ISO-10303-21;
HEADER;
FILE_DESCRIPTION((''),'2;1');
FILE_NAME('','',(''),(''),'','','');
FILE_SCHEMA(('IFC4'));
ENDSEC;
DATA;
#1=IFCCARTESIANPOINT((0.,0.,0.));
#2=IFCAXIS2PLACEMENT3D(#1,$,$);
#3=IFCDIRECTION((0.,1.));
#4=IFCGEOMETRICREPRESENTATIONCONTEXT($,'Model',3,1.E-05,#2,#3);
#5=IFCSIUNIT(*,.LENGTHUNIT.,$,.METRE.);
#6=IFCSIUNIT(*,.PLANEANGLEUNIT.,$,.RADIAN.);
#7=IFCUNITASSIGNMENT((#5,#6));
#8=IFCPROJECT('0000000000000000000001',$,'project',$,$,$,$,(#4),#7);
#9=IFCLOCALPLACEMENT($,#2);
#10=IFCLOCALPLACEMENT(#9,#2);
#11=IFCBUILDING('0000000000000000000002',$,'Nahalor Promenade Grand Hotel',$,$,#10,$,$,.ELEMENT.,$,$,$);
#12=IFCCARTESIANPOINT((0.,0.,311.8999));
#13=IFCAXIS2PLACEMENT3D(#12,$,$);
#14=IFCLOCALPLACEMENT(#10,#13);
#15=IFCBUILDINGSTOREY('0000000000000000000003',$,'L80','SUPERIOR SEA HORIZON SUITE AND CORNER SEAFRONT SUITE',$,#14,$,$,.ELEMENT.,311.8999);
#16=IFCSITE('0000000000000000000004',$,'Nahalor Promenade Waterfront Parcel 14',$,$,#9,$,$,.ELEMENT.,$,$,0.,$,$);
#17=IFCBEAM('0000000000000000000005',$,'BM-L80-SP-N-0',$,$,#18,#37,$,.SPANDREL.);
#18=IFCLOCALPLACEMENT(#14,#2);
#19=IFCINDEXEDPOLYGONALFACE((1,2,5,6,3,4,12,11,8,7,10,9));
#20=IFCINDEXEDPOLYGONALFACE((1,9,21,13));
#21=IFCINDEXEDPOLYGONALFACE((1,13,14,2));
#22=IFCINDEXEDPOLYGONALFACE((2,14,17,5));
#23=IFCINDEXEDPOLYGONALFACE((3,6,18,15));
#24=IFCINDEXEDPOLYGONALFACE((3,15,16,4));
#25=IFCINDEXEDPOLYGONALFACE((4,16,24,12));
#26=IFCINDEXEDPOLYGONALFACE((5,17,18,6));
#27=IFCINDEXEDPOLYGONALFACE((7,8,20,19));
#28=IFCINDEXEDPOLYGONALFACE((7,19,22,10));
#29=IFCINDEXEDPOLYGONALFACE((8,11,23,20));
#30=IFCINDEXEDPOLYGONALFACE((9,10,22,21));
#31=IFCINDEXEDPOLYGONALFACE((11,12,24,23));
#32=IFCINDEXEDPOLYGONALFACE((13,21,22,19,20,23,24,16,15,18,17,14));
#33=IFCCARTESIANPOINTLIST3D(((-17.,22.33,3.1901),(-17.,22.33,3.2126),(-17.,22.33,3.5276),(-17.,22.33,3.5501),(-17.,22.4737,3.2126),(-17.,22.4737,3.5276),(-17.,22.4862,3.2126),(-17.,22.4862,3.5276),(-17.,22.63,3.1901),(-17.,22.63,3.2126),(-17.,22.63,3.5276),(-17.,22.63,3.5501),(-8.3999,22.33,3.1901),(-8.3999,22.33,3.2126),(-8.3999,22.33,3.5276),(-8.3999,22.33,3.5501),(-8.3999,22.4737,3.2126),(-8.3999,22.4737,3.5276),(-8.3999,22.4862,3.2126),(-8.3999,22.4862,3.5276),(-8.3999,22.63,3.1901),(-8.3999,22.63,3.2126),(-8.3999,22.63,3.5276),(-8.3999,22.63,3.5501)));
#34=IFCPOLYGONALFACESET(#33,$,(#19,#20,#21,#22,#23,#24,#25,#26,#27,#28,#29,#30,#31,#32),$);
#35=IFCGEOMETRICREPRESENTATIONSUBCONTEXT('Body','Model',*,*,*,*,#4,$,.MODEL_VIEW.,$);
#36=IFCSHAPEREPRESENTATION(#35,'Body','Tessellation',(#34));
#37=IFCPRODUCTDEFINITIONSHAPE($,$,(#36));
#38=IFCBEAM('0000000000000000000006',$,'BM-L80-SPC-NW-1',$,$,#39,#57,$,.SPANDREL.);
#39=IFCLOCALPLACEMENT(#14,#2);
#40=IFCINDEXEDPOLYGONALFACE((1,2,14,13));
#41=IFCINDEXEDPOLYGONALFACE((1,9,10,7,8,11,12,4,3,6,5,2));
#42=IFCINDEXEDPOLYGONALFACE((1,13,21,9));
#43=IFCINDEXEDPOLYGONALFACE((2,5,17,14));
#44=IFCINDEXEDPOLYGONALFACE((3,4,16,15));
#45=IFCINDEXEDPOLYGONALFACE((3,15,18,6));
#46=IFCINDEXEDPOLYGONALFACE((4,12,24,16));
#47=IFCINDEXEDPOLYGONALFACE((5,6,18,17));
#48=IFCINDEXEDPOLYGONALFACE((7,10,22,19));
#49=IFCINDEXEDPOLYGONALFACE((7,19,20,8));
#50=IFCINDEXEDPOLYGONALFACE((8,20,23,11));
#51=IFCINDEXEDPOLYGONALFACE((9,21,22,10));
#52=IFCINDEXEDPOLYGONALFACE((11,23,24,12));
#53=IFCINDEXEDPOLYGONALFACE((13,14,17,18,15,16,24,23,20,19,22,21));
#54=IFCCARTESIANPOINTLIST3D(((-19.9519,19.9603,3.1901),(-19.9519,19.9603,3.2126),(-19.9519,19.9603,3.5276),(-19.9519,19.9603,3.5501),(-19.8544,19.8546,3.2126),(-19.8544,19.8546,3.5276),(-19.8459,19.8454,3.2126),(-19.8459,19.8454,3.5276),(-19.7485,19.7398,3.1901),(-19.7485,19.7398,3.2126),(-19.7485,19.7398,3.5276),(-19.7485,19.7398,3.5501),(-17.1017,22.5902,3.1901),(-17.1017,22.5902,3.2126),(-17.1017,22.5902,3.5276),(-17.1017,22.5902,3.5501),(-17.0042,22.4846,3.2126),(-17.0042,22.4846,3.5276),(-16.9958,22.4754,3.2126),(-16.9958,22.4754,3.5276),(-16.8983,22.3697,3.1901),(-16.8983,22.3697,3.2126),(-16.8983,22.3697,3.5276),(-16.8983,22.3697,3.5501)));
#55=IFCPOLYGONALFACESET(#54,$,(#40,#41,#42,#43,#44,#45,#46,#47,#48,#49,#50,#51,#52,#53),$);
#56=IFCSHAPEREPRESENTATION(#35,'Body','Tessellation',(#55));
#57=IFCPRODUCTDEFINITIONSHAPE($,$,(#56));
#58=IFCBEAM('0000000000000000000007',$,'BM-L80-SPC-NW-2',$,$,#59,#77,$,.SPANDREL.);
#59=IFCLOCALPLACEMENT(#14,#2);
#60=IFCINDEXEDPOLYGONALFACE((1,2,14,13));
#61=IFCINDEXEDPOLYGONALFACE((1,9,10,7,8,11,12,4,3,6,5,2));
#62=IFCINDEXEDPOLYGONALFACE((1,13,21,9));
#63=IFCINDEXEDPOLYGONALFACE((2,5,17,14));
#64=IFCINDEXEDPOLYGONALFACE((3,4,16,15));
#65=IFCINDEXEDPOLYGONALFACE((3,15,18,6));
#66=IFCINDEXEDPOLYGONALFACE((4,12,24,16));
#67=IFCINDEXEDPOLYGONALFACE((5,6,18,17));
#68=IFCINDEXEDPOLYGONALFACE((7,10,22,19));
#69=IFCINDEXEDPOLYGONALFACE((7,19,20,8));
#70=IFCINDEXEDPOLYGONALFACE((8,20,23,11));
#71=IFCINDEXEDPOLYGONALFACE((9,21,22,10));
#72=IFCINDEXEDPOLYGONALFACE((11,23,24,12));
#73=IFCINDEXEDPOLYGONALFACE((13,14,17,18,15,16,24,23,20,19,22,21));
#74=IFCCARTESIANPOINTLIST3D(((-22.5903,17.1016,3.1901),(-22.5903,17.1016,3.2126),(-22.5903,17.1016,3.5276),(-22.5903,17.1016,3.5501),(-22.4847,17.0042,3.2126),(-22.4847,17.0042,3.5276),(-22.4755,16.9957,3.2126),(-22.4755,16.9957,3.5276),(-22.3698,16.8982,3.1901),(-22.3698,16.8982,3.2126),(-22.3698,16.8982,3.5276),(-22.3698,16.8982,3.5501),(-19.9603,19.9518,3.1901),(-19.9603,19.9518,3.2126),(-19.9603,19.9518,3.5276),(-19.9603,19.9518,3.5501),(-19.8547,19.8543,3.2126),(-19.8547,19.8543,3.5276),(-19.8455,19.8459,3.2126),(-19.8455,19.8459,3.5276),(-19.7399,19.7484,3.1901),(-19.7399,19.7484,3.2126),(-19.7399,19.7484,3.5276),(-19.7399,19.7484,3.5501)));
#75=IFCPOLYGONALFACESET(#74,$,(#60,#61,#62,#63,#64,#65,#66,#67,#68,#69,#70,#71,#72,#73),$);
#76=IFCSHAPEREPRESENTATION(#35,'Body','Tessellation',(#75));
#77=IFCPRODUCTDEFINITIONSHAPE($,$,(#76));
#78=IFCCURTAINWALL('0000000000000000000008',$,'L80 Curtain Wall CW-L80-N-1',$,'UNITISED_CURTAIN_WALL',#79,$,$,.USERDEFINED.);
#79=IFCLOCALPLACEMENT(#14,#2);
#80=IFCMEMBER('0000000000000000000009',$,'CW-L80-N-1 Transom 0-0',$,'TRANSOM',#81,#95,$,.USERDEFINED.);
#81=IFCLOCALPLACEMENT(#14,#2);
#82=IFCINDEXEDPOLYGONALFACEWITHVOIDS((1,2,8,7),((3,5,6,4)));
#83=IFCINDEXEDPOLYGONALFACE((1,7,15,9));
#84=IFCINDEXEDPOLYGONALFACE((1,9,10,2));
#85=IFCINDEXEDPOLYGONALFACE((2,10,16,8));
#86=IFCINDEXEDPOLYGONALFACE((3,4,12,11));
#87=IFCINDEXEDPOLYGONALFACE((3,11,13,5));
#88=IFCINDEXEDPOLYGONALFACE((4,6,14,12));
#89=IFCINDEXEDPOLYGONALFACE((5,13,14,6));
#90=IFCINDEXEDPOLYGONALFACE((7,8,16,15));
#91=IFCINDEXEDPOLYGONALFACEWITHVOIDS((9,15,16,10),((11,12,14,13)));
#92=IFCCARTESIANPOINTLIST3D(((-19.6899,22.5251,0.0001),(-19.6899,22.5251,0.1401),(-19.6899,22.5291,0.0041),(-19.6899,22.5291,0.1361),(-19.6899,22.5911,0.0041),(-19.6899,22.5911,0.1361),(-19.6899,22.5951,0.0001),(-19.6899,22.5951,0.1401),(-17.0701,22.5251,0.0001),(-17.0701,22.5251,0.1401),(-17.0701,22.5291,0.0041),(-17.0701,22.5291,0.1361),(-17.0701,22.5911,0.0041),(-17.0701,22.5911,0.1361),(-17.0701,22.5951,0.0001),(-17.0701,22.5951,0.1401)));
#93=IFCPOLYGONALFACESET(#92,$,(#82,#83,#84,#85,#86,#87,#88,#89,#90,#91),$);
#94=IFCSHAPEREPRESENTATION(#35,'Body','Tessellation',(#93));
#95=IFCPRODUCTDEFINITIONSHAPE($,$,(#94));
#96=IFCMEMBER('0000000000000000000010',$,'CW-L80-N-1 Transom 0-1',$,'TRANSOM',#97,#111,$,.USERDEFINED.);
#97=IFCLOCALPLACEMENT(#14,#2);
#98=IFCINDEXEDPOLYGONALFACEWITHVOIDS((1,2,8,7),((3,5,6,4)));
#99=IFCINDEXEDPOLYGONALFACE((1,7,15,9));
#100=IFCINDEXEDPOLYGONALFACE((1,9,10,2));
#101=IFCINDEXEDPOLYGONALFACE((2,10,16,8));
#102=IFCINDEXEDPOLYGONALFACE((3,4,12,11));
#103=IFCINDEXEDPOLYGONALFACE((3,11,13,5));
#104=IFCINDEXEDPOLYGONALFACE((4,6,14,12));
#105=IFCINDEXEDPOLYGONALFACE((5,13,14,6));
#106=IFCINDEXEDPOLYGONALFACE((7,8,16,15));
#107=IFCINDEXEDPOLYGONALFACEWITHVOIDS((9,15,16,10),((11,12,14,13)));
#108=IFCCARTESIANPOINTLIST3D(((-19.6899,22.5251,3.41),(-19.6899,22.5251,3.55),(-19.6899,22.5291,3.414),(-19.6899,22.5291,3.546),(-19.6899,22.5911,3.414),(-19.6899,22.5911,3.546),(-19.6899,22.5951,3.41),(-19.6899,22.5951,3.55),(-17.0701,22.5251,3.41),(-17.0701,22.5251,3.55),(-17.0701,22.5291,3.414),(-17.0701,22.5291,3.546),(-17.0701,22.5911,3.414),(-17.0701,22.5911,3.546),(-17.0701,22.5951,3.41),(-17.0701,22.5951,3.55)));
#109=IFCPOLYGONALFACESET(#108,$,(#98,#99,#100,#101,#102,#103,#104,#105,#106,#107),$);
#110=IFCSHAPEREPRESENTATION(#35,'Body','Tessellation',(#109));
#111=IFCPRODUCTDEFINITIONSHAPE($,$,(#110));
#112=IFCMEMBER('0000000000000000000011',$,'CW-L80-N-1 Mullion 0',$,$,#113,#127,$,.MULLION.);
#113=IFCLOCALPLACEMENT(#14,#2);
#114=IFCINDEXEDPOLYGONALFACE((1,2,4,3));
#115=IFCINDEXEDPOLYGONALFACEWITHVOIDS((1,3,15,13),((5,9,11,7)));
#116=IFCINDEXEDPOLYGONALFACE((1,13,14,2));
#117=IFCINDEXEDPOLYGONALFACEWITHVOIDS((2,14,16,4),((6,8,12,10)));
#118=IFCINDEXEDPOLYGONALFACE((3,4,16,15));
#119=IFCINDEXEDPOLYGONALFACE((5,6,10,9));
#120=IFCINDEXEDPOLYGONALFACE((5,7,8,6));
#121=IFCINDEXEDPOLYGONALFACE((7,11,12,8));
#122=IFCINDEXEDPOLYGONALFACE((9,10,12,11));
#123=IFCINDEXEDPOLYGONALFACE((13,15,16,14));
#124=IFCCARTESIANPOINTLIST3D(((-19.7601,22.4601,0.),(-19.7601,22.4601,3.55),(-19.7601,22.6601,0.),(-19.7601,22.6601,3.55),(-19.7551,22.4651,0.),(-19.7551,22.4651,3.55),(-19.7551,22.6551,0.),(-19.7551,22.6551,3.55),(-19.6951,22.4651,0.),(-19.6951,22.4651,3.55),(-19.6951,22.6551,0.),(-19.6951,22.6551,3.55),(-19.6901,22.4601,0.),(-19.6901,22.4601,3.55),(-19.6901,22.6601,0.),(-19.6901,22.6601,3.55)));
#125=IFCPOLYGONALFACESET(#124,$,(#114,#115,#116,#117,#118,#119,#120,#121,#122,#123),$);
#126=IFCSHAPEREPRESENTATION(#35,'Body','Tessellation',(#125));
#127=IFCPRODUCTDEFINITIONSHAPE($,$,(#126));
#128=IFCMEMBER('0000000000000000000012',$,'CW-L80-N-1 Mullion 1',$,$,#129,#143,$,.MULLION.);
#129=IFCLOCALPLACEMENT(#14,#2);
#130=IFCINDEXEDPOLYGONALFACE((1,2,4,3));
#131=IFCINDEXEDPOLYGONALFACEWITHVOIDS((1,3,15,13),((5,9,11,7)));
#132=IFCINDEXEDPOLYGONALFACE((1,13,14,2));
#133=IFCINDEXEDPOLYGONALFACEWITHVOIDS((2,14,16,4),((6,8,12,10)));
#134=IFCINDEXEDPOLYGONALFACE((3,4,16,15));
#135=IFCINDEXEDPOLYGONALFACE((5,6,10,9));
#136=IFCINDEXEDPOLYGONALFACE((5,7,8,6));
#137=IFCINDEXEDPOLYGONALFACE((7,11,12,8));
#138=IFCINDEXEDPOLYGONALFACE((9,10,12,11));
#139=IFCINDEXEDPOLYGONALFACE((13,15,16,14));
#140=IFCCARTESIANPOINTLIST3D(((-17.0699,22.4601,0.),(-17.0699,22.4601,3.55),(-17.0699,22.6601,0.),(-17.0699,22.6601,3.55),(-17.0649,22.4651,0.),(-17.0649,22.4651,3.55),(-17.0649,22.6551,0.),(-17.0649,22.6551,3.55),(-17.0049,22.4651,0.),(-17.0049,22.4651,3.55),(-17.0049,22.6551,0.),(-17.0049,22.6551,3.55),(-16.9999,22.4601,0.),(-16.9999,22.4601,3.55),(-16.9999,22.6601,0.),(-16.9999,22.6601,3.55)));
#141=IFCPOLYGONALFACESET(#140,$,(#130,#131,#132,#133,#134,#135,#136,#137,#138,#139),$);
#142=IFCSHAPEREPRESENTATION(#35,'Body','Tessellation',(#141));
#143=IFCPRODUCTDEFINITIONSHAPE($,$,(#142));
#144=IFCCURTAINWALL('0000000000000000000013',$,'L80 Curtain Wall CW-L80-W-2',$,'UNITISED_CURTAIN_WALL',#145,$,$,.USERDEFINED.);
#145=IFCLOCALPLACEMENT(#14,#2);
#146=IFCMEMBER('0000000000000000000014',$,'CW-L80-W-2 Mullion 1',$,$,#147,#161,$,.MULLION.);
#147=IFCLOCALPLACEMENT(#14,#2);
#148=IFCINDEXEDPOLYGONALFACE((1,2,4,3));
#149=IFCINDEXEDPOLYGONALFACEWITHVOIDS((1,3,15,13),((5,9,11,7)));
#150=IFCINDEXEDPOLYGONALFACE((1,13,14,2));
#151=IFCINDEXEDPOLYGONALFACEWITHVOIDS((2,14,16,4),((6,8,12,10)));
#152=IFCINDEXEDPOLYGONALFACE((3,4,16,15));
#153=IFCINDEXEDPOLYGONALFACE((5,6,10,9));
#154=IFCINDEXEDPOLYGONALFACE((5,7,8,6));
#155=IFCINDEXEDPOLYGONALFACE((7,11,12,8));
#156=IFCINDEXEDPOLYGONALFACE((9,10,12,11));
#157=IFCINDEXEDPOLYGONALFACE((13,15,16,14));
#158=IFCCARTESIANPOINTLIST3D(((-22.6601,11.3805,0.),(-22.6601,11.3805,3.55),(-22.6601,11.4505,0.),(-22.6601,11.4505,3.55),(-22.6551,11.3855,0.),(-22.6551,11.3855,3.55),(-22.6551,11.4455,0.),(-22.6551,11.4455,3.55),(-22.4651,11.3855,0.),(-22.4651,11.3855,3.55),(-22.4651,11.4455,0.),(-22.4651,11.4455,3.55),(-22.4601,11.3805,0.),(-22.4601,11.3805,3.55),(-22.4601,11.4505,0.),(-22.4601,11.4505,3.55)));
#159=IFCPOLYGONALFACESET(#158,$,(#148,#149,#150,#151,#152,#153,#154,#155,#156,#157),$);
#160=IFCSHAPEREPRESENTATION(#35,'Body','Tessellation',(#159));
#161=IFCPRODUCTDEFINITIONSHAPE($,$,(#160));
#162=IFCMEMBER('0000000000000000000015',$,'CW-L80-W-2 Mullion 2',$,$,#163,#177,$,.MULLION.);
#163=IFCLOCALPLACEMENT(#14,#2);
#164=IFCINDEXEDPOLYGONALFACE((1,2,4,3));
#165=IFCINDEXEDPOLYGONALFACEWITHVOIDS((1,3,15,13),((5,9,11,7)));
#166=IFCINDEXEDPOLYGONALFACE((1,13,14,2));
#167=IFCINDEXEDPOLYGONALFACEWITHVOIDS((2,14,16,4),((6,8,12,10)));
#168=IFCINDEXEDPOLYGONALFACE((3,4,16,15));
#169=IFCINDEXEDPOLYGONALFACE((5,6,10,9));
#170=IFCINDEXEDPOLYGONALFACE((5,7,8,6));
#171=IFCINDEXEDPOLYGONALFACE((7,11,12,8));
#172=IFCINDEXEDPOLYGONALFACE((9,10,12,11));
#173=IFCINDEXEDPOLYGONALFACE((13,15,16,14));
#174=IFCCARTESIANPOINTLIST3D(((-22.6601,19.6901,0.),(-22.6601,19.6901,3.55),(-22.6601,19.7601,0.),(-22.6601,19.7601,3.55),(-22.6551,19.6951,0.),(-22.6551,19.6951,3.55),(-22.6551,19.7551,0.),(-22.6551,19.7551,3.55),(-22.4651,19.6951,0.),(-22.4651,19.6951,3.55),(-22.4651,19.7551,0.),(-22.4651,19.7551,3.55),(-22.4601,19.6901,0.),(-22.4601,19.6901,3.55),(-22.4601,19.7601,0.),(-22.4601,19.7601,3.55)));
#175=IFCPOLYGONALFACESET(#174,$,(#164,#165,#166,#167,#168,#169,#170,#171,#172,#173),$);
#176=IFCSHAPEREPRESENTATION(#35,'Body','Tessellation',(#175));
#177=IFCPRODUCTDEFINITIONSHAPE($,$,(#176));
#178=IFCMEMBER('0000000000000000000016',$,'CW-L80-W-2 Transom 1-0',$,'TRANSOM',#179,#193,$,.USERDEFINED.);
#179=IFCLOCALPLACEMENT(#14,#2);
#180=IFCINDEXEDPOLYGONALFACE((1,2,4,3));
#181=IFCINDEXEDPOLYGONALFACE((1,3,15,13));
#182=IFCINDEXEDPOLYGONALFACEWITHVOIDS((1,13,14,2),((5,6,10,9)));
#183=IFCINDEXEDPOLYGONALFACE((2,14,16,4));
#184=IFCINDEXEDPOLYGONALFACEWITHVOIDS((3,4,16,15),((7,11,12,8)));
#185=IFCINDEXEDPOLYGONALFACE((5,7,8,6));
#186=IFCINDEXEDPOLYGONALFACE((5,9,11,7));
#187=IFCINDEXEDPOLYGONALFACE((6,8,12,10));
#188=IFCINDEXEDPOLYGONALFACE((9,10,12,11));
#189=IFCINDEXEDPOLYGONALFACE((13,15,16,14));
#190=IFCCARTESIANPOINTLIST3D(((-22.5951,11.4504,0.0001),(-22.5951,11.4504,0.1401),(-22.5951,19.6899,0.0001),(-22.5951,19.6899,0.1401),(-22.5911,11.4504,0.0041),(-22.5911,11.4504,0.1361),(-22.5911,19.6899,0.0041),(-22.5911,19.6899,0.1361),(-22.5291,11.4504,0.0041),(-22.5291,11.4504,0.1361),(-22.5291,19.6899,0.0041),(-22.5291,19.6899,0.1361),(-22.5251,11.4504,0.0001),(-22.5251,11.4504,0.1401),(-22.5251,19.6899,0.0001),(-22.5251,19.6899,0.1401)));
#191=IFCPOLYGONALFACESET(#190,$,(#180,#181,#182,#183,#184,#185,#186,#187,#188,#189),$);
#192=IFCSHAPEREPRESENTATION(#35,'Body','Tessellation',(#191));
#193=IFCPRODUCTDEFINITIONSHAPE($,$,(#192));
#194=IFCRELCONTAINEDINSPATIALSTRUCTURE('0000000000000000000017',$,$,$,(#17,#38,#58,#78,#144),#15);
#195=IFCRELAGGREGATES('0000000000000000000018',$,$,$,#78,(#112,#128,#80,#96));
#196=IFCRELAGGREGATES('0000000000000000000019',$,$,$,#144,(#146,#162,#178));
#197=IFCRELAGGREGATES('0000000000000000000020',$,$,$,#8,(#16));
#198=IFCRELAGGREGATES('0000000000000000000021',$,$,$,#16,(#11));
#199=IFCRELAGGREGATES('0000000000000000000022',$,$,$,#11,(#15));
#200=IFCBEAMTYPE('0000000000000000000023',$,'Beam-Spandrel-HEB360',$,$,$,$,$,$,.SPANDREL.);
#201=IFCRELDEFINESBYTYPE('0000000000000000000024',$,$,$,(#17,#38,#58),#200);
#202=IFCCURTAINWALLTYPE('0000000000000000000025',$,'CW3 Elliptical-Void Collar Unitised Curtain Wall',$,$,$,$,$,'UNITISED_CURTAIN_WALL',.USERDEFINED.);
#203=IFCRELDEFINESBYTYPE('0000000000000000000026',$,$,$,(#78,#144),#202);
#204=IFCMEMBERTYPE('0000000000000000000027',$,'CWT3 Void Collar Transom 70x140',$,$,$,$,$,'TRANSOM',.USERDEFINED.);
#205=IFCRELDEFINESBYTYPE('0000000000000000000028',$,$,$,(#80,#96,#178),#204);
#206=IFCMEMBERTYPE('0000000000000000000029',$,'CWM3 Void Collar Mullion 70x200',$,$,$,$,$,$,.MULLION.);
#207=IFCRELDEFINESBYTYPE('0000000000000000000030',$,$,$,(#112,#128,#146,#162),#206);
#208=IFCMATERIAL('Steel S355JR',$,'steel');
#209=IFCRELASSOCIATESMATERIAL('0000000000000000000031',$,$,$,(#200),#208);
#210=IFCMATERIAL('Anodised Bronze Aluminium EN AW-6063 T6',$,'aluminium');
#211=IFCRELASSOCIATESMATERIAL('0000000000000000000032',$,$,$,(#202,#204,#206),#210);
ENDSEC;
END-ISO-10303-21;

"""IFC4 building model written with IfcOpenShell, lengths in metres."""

from ifc_helpers import new_model, si_unit, direction, frame, origin, origin_2d, place, context, subcontext, project, spatial, hollow_rectangle, i_section, extrude, source, transform, mapped, material, material_profile, profile_set, type_object, element, aggregate, save


model = new_model("IFC4")

# Units and contexts
model_context = context("Model", 3, precision=1e-05, world=origin(), true_north=direction((0.0, 1.0)))
body_context = subcontext(model_context, "Body", "Model", "MODEL_VIEW")
ifc_project = project(units=[si_unit("LENGTHUNIT", "METRE"), si_unit("PLANEANGLEUNIT", "RADIAN")], contexts=[model_context])

# Site, building, storey
site_placement = place(None, origin())
site = spatial("IfcSite", under=ifc_project, at=site_placement, Name="Nahalor Promenade Waterfront Parcel 14", CompositionType="ELEMENT", RefElevation=0.0)
building_placement = place(site_placement, origin())
building = spatial("IfcBuilding", under=site, at=building_placement, Name="Nahalor Promenade Grand Hotel", CompositionType="ELEMENT")
storey_placement = place(building_placement, frame((0.0, 0.0, 311.8999)))
storey = spatial("IfcBuildingStorey", under=building, at=storey_placement, Name="L80", Description="SUPERIOR SEA HORIZON SUITE AND CORNER SEAFRONT SUITE", CompositionType="ELEMENT", Elevation=311.8999)

# Shared definitions
ifc_material_1 = material(Name="Steel S355JR", Category="steel")

# Beams
ifc_material_profile_1 = material_profile(ifc_material_1, i_section(OverallWidth=0.3, OverallDepth=0.36, WebThickness=0.0125, FlangeThickness=0.0225, at=origin_2d()), Name="HEB 360")
ifc_profile_set_1 = profile_set([ifc_material_profile_1], Name="Steel S355JR")
beam_type_1 = type_object("IfcBeamType", Name="Beam-Spandrel-HEB360", PredefinedType="SPANDREL", material=ifc_profile_set_1)
shared_shape_1 = source(origin(), body_context, "Body", "SweptSolid", [
    extrude(i_section(OverallWidth=0.3, OverallDepth=0.36, WebThickness=0.0125, FlangeThickness=0.0225, at=origin_2d()), origin(), (0.0, 0.0, 1.0), 8.6001),
])
beam_1_placement = place(storey_placement, frame((-17.0, 22.48, 3.3701), z_axis=(1.0, 0.0, 0.0), x_axis=(0.0, 1.0, 0.0)))
element("IfcBeam", 1, at=beam_1_placement, inside=storey, type_object=beam_type_1, Name="BM-L80-SP-N-0", PredefinedType="SPANDREL", context=body_context, shape_type="MappedRepresentation", body=[
    mapped(shared_shape_1, transform((0.0, 0.0, 0.0), scale=1.0)),
])
shared_shape_2 = source(origin(), body_context, "Body", "SweptSolid", [
    extrude(i_section(OverallWidth=0.3, OverallDepth=0.36, WebThickness=0.0125, FlangeThickness=0.0225, at=origin_2d()), origin(), (0.0, 0.0, 1.0), 3.8782),
])
for number, where, z_axis, x_axis, name in (
    (2, (-17.0, 22.48, 3.3701), (-0.734929, -0.678144, 0.0), (0.678144, -0.734929, 0.0), "BM-L80-SPC-NW-1"),
    (3, (-19.8501, 19.8501, 3.3701), (-0.678144, -0.734929, 0.0), (0.734929, -0.678144, 0.0), "BM-L80-SPC-NW-2"),
):
    element("IfcBeam", number, at=place(storey_placement, frame(where, z_axis=z_axis, x_axis=x_axis)), inside=storey, type_object=beam_type_1, Name=name, PredefinedType="SPANDREL", context=body_context, shape_type="MappedRepresentation", body=[
        mapped(shared_shape_2, transform((0.0, 0.0, 0.0), scale=1.0)),
    ])

# Curtain walls, members
ifc_material_2 = material(Name="Anodised Bronze Aluminium EN AW-6063 T6", Category="aluminium")
curtain_wall_type = type_object("IfcCurtainWallType", Name="CW3 Elliptical-Void Collar Unitised Curtain Wall", ElementType="UNITISED_CURTAIN_WALL", PredefinedType="USERDEFINED", material=ifc_material_2)
curtain_wall_1_placement = place(storey_placement, origin())
curtain_wall_1 = element("IfcCurtainWall", 4, at=curtain_wall_1_placement, inside=storey, type_object=curtain_wall_type, Name="L80 Curtain Wall CW-L80-N-1", ObjectType="UNITISED_CURTAIN_WALL", PredefinedType="USERDEFINED")
ifc_material_profile_2 = material_profile(ifc_material_2, hollow_rectangle(XDim=0.07, YDim=0.14, WallThickness=0.004, at=origin_2d()), Name="CWT 70x140x4")
ifc_profile_set_2 = profile_set([ifc_material_profile_2], Name="Anodised Bronze Aluminium EN AW-6063 T6")
member_type_1 = type_object("IfcMemberType", Name="CWT3 Void Collar Transom 70x140", ElementType="TRANSOM", PredefinedType="USERDEFINED", material=ifc_profile_set_2)
shared_shape_3 = source(origin(), body_context, "Body", "SweptSolid", [
    extrude(hollow_rectangle(XDim=0.07, YDim=0.14, WallThickness=0.004, at=origin_2d()), origin(), (0.0, 0.0, 1.0), 2.6199),
])
member_1_placement = place(storey_placement, frame((-19.6899, 22.5601, 0.0701), z_axis=(1.0, 0.0, 0.0), x_axis=(0.0, 1.0, 0.0)))
member_1 = element("IfcMember", 5, at=member_1_placement, type_object=member_type_1, Name="CW-L80-N-1 Transom 0-0", ObjectType="TRANSOM", PredefinedType="USERDEFINED", context=body_context, shape_type="MappedRepresentation", body=[
    mapped(shared_shape_3, transform((0.0, 0.0, 0.0), scale=1.0)),
])
member_2_placement = place(storey_placement, frame((-19.6899, 22.5601, 3.48), z_axis=(1.0, 0.0, 0.0), x_axis=(0.0, 1.0, 0.0)))
member_2 = element("IfcMember", 6, at=member_2_placement, type_object=member_type_1, Name="CW-L80-N-1 Transom 0-1", ObjectType="TRANSOM", PredefinedType="USERDEFINED", context=body_context, shape_type="MappedRepresentation", body=[
    mapped(shared_shape_3, transform((0.0, 0.0, 0.0), scale=1.0)),
])
ifc_material_profile_3 = material_profile(ifc_material_2, hollow_rectangle(XDim=0.07, YDim=0.2, WallThickness=0.005, at=origin_2d()), Name="CWM 70x200x5")
ifc_profile_set_3 = profile_set([ifc_material_profile_3], Name="Anodised Bronze Aluminium EN AW-6063 T6")
member_type_2 = type_object("IfcMemberType", Name="CWM3 Void Collar Mullion 70x200", PredefinedType="MULLION", material=ifc_profile_set_3)
shared_shape_4 = source(origin(), body_context, "Body", "SweptSolid", [
    extrude(hollow_rectangle(XDim=0.07, YDim=0.2, WallThickness=0.005, at=origin_2d()), origin(), (0.0, 0.0, 1.0), 3.55),
])
member_3_placement = place(storey_placement, frame((-19.7251, 22.5601, 0.0), z_axis=(0.0, 0.0, 1.0), x_axis=(1.0, 0.0, 0.0)))
member_3 = element("IfcMember", 7, at=member_3_placement, type_object=member_type_2, Name="CW-L80-N-1 Mullion 0", PredefinedType="MULLION", context=body_context, shape_type="MappedRepresentation", body=[
    mapped(shared_shape_4, transform((0.0, 0.0, 0.0), scale=1.0)),
])
member_4_placement = place(storey_placement, frame((-17.0349, 22.5601, 0.0), z_axis=(0.0, 0.0, 1.0), x_axis=(1.0, 0.0, 0.0)))
member_4 = element("IfcMember", 8, at=member_4_placement, type_object=member_type_2, Name="CW-L80-N-1 Mullion 1", PredefinedType="MULLION", context=body_context, shape_type="MappedRepresentation", body=[
    mapped(shared_shape_4, transform((0.0, 0.0, 0.0), scale=1.0)),
])
curtain_wall_2_placement = place(storey_placement, origin())
curtain_wall_2 = element("IfcCurtainWall", 9, at=curtain_wall_2_placement, inside=storey, type_object=curtain_wall_type, Name="L80 Curtain Wall CW-L80-W-2", ObjectType="UNITISED_CURTAIN_WALL", PredefinedType="USERDEFINED")
member_5_placement = place(storey_placement, frame((-22.5601, 11.4155, 0.0), z_axis=(0.0, 0.0, 1.0), x_axis=(0.0, 1.0, 0.0)))
member_5 = element("IfcMember", 10, at=member_5_placement, type_object=member_type_2, Name="CW-L80-W-2 Mullion 1", PredefinedType="MULLION", context=body_context, shape_type="MappedRepresentation", body=[
    mapped(shared_shape_4, transform((0.0, 0.0, 0.0), scale=1.0)),
])
member_6_placement = place(storey_placement, frame((-22.5601, 19.7251, 0.0), z_axis=(0.0, 0.0, 1.0), x_axis=(0.0, 1.0, 0.0)))
member_6 = element("IfcMember", 11, at=member_6_placement, type_object=member_type_2, Name="CW-L80-W-2 Mullion 2", PredefinedType="MULLION", context=body_context, shape_type="MappedRepresentation", body=[
    mapped(shared_shape_4, transform((0.0, 0.0, 0.0), scale=1.0)),
])
shared_shape_5 = source(origin(), body_context, "Body", "SweptSolid", [
    extrude(hollow_rectangle(XDim=0.07, YDim=0.14, WallThickness=0.004, at=origin_2d()), origin(), (0.0, 0.0, 1.0), 8.2395),
])
member_7_placement = place(storey_placement, frame((-22.5601, 11.4504, 0.0701), z_axis=(0.0, 1.0, 0.0), x_axis=(-1.0, 0.0, 0.0)))
member_7 = element("IfcMember", 12, at=member_7_placement, type_object=member_type_1, Name="CW-L80-W-2 Transom 1-0", ObjectType="TRANSOM", PredefinedType="USERDEFINED", context=body_context, shape_type="MappedRepresentation", body=[
    mapped(shared_shape_5, transform((0.0, 0.0, 0.0), scale=1.0)),
])

aggregate(curtain_wall_1, [member_3, member_4, member_1, member_2])
aggregate(curtain_wall_2, [member_5, member_6, member_7])

save(model, "model.ifc")
